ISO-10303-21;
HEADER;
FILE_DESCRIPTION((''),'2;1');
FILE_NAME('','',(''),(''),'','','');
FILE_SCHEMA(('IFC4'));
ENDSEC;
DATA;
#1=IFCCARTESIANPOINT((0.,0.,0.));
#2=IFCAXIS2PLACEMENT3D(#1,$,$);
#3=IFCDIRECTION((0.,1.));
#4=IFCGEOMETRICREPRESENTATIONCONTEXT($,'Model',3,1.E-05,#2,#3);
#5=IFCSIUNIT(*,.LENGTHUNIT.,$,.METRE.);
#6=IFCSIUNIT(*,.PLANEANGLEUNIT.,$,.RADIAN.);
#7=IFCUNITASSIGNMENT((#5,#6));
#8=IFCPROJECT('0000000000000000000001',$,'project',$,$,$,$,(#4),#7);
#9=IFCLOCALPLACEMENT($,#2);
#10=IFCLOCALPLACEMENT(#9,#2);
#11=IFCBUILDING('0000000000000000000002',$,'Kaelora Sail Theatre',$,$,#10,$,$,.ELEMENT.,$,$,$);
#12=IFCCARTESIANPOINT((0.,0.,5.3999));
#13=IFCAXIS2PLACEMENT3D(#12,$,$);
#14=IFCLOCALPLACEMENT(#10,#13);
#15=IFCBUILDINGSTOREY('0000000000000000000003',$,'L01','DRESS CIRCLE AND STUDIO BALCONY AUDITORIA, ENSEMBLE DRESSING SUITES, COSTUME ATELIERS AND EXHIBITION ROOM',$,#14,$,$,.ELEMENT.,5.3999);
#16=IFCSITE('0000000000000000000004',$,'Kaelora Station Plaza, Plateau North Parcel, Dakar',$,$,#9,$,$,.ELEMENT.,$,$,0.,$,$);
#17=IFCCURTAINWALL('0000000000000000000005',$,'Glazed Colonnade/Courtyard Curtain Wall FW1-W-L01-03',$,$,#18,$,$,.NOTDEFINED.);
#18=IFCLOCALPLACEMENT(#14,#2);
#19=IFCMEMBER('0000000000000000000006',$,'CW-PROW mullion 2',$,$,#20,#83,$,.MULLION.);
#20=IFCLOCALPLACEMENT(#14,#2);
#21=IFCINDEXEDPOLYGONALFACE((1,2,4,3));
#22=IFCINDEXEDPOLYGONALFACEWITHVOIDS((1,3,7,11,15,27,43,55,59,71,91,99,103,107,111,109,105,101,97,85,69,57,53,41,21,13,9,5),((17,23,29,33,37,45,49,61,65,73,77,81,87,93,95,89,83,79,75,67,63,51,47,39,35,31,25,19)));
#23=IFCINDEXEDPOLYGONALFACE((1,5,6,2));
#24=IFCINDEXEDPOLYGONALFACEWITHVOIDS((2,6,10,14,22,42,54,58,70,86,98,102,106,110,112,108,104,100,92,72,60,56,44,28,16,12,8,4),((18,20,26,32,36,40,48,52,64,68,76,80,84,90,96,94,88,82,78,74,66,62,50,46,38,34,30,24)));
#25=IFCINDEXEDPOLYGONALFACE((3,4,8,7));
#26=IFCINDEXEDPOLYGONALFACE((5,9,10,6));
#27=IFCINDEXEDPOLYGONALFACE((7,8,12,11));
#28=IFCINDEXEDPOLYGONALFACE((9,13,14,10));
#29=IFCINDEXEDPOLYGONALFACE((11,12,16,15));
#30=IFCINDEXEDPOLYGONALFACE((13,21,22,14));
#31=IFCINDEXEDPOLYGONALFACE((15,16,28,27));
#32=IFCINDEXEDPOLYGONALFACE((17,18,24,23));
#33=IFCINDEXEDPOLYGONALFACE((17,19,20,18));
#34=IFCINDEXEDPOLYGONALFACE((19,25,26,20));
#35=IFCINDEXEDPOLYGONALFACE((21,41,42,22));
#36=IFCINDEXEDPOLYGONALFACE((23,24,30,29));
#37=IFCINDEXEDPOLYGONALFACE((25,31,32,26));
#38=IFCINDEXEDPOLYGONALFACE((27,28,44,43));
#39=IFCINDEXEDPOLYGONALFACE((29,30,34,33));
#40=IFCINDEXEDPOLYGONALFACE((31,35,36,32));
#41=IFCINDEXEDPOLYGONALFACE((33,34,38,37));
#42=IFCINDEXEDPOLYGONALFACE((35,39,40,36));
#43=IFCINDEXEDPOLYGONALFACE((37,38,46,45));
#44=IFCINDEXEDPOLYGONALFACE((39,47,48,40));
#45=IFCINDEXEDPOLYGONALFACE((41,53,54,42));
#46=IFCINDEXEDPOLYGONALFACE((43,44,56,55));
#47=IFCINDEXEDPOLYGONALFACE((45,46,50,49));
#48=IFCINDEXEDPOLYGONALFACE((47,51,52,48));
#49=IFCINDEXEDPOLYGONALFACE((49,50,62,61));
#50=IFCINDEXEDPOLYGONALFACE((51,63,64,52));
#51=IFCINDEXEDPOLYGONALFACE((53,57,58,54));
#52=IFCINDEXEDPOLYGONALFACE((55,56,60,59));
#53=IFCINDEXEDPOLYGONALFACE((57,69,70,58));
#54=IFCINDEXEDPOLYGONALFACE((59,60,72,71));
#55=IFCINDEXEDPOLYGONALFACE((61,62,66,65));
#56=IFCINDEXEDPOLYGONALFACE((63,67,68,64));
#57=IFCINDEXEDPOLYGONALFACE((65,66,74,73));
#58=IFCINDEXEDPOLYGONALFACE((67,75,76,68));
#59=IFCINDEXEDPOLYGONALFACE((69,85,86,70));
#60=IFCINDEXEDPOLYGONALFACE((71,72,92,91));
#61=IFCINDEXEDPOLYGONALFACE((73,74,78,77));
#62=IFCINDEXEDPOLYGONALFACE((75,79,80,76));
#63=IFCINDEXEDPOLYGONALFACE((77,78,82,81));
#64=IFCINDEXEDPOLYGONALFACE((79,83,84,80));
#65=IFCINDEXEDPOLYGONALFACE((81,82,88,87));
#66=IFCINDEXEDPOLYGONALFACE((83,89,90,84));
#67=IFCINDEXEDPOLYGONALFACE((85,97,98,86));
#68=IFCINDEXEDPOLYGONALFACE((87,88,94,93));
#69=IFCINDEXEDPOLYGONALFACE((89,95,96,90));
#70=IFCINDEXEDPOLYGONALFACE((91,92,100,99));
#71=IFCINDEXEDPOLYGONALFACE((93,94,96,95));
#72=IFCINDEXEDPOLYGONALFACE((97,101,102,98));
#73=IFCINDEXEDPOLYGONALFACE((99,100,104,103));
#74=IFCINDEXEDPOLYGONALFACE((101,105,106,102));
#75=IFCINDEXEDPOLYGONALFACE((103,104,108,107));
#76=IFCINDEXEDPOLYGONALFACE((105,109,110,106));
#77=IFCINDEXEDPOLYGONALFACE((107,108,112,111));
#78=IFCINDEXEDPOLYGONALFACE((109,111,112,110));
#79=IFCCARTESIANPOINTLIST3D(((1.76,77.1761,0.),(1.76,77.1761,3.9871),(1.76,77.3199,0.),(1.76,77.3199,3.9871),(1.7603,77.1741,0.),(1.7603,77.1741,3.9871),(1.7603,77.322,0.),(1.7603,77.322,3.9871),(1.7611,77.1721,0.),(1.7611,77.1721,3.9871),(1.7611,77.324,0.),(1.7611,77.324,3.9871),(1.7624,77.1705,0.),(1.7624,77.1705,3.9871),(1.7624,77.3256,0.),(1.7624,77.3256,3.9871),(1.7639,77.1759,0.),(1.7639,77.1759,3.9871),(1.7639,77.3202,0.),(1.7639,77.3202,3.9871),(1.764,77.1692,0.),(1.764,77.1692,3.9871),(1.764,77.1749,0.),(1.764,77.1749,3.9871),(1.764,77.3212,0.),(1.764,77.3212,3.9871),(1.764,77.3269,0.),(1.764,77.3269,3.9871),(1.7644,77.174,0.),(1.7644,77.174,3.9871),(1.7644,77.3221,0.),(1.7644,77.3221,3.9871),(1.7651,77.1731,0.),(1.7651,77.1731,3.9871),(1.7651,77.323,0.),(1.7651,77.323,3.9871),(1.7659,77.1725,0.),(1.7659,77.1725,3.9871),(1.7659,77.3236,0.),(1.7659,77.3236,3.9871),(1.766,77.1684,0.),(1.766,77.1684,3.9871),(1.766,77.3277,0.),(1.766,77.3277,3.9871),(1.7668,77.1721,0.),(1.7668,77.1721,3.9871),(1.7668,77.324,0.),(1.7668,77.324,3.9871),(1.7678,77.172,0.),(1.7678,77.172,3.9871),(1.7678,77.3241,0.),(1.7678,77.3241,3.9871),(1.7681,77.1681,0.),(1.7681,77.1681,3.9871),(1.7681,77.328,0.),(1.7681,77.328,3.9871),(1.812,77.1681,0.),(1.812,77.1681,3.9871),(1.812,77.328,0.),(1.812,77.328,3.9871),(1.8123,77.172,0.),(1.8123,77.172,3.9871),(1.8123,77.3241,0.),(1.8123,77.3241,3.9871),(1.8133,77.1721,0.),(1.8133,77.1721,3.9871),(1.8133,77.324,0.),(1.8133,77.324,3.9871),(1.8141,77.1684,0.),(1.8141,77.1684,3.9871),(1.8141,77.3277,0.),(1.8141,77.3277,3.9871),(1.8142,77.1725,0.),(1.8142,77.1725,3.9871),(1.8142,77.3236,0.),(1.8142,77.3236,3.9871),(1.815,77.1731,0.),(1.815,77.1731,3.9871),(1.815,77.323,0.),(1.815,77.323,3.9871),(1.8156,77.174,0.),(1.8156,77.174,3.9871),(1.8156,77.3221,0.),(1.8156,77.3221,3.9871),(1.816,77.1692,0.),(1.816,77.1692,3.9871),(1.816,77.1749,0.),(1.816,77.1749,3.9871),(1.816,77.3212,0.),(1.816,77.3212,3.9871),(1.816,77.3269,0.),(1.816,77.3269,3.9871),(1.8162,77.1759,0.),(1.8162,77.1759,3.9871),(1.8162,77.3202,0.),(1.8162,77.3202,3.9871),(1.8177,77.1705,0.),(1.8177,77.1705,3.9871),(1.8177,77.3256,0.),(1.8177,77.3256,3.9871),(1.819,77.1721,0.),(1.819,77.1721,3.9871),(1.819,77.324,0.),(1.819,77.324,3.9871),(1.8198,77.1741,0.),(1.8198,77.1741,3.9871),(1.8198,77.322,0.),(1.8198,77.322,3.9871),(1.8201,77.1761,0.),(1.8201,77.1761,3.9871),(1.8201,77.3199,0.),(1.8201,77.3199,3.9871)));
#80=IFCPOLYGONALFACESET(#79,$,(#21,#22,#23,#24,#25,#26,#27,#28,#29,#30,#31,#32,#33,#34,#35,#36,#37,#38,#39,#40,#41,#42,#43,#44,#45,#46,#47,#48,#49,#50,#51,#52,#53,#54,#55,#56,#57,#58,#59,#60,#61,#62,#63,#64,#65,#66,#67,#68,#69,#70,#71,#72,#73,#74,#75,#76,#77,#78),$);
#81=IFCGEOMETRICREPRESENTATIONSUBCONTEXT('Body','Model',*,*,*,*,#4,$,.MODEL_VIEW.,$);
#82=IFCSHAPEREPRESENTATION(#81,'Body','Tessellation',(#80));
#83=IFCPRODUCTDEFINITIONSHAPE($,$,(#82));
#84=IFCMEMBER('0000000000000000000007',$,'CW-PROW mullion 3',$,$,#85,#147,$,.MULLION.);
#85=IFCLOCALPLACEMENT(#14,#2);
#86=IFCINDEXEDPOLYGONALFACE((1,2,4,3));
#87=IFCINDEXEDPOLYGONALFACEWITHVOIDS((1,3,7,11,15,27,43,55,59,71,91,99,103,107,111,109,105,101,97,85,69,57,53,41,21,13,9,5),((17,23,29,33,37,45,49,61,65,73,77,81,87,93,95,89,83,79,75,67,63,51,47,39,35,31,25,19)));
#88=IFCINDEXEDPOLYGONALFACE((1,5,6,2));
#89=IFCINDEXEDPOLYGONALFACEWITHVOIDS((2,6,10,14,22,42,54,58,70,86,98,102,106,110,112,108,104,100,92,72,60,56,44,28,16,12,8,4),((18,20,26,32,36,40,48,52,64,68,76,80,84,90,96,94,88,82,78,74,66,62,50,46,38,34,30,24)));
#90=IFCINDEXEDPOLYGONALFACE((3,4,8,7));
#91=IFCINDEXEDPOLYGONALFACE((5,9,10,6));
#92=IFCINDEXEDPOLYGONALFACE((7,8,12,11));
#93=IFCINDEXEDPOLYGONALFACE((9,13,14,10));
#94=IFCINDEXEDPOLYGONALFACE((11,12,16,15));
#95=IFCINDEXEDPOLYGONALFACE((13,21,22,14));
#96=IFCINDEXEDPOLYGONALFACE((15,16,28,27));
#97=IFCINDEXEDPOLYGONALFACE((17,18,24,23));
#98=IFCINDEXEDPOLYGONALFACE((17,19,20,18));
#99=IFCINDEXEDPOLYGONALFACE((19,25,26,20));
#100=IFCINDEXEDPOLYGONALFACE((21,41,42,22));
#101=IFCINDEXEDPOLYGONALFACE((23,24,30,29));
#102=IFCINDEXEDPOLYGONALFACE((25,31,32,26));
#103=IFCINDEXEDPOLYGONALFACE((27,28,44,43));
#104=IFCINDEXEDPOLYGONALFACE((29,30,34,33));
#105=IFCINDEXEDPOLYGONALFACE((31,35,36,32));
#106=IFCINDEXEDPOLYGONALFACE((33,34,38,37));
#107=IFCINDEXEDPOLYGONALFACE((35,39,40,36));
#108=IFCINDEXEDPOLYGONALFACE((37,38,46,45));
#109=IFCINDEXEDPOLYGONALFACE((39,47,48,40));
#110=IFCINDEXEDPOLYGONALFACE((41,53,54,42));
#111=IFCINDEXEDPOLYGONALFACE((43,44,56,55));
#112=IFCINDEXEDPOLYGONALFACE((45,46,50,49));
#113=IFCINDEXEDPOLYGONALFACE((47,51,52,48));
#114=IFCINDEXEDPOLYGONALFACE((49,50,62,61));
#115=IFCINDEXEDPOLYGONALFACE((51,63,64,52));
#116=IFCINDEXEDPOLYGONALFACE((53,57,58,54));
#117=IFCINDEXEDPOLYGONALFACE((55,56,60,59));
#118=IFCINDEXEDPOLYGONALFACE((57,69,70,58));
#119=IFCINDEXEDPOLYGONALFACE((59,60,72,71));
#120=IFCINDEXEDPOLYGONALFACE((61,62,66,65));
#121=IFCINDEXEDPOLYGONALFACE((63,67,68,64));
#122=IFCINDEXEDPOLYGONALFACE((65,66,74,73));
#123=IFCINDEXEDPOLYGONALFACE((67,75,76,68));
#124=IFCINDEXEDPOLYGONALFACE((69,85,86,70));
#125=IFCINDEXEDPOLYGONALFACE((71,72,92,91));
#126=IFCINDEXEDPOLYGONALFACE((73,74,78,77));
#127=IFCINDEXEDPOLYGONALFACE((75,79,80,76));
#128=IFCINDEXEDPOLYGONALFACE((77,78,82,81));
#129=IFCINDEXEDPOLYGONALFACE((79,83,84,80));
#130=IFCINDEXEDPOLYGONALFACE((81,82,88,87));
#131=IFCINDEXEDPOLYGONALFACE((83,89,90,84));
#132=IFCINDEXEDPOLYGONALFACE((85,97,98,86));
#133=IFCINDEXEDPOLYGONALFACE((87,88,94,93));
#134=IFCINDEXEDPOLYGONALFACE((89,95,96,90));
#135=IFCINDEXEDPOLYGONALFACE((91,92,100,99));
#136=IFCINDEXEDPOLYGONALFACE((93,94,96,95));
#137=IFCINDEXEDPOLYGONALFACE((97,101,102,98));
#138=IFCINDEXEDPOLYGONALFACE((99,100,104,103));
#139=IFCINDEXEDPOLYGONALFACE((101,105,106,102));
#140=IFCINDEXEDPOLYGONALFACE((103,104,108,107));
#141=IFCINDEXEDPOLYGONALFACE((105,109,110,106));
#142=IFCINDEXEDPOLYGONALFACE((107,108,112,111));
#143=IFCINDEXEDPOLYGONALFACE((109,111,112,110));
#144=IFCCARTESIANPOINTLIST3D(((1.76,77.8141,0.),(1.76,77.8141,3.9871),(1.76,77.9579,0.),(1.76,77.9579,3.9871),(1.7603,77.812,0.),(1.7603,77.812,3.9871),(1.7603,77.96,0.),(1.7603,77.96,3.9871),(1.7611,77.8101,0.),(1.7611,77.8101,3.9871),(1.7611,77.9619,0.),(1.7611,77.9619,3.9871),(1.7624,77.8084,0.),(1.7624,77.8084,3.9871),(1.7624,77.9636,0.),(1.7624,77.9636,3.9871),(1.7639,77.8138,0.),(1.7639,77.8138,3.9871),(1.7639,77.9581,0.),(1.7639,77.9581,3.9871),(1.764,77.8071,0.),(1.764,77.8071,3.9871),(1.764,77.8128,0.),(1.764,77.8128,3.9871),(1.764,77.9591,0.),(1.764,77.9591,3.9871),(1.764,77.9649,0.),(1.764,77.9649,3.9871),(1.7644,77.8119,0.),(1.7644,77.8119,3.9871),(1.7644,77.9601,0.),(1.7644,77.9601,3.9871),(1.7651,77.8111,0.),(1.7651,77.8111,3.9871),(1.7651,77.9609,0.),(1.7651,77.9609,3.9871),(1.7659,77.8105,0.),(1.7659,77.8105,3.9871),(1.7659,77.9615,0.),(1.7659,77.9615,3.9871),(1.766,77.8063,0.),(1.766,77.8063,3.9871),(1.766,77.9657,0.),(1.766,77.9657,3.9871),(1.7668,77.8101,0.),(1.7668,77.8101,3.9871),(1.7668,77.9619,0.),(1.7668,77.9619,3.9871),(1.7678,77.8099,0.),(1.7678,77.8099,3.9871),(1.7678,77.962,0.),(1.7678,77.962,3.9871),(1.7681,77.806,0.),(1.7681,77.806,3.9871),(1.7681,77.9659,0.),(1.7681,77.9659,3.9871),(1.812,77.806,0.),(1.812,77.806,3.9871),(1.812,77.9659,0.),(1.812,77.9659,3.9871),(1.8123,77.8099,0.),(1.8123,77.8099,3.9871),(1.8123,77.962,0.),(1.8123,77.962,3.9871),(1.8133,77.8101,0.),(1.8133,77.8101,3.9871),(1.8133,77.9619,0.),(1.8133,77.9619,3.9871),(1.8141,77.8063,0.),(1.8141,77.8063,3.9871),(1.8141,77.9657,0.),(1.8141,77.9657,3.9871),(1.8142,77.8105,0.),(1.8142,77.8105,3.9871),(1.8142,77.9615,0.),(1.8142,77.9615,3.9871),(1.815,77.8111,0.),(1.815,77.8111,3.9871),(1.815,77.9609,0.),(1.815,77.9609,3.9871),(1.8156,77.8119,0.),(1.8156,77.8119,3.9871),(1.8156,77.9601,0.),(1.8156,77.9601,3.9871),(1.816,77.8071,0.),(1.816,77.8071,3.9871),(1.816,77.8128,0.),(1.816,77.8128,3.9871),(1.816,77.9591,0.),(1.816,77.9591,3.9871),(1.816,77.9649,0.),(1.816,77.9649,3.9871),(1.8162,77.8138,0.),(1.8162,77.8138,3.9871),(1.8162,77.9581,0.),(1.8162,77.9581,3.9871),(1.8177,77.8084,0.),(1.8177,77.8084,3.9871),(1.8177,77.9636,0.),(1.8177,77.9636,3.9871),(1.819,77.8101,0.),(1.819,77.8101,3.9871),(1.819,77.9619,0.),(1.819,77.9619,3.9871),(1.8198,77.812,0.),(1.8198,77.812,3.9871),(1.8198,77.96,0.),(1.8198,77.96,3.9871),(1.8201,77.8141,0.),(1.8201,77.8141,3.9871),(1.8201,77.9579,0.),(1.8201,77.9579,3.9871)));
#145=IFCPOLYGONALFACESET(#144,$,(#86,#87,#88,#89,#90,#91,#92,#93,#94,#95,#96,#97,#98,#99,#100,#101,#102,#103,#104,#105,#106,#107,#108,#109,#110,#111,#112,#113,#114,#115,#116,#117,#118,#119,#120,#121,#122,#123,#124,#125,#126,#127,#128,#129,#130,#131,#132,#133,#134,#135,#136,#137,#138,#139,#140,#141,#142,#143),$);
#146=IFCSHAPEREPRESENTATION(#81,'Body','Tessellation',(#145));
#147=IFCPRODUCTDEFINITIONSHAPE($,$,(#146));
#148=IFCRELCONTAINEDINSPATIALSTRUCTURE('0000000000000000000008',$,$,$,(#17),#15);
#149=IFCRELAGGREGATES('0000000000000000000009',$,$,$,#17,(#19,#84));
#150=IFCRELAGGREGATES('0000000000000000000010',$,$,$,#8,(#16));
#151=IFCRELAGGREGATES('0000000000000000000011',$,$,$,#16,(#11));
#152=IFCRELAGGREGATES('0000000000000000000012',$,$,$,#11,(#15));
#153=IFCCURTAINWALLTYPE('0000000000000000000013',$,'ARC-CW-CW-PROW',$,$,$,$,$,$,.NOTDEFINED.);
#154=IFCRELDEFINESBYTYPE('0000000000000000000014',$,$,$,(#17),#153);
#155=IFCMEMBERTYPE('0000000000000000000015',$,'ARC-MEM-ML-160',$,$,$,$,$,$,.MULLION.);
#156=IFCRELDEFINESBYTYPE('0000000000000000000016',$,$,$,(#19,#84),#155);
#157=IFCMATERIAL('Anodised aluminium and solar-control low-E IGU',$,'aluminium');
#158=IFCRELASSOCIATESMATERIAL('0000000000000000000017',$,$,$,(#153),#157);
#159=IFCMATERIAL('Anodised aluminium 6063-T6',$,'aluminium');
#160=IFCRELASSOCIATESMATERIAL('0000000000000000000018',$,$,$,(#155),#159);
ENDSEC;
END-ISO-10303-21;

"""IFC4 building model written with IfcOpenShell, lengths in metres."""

from ifc_helpers import new_model, si_unit, direction, frame, origin, origin_2d, place, context, subcontext, project, spatial, hollow_rectangle, extrude, material, material_profile, profile_set, type_object, element, aggregate, save


model = new_model("IFC4")

# Units and contexts
model_context = context("Model", 3, precision=1e-05, world=origin(), true_north=direction((0.0, 1.0)))
body_context = subcontext(model_context, "Body", "Model", "MODEL_VIEW")
ifc_project = project(units=[si_unit("LENGTHUNIT", "METRE"), si_unit("PLANEANGLEUNIT", "RADIAN")], contexts=[model_context])

# Site, building, storey
site_placement = place(None, origin())
site = spatial("IfcSite", under=ifc_project, at=site_placement, Name="Kaelora Station Plaza, Plateau North Parcel, Dakar", CompositionType="ELEMENT", RefElevation=0.0)
building_placement = place(site_placement, origin())
building = spatial("IfcBuilding", under=site, at=building_placement, Name="Kaelora Sail Theatre", CompositionType="ELEMENT")
storey_placement = place(building_placement, frame((0.0, 0.0, 5.3999)))
storey = spatial("IfcBuildingStorey", under=building, at=storey_placement, Name="L01", Description="DRESS CIRCLE AND STUDIO BALCONY AUDITORIA, ENSEMBLE DRESSING SUITES, COSTUME ATELIERS AND EXHIBITION ROOM", CompositionType="ELEMENT", Elevation=5.3999)

# Shared definitions
ifc_material_1 = material(Name="Anodised aluminium and solar-control low-E IGU", Category="aluminium")
curtain_wall_type = type_object("IfcCurtainWallType", Name="ARC-CW-CW-PROW", PredefinedType="NOTDEFINED", material=ifc_material_1)
ifc_material_2 = material(Name="Anodised aluminium 6063-T6", Category="aluminium")
ifc_material_profile_1 = material_profile(ifc_material_2, hollow_rectangle(XDim=0.0601, YDim=0.1599, WallThickness=0.0039, InnerFilletRadius=0.0039, OuterFilletRadius=0.0081, at=origin_2d()), Name="ALU-MULL 60x160x4")
ifc_profile_set_1 = profile_set([ifc_material_profile_1], Name="Anodised aluminium 6063-T6")
member_type_1 = type_object("IfcMemberType", Name="ARC-MEM-ML-160", PredefinedType="MULLION", material=ifc_profile_set_1)

# Curtain wall, members
curtain_wall_1_placement = place(storey_placement, origin())
curtain_wall_1 = element("IfcCurtainWall", 1, at=curtain_wall_1_placement, inside=storey, type_object=curtain_wall_type, Name="Glazed Colonnade/Courtyard Curtain Wall FW1-W-L01-03", PredefinedType="NOTDEFINED")
member_1_placement = place(storey_placement, frame((1.79, 77.248, 0.0), z_axis=(0.0, 0.0, 1.0), x_axis=(-1.0, 0.0, 0.0)))
member_1 = element("IfcMember", 2, at=member_1_placement, type_object=member_type_1, Name="CW-PROW mullion 2", PredefinedType="MULLION", context=body_context, shape_type="SweptSolid", body=[
    extrude(hollow_rectangle(XDim=0.0601, YDim=0.1599, WallThickness=0.0039, InnerFilletRadius=0.0039, OuterFilletRadius=0.0081, at=origin_2d()), origin(), (0.0, 0.0, 1.0), 3.9871),
])
member_2_placement = place(storey_placement, frame((1.79, 77.886, 0.0), z_axis=(0.0, 0.0, 1.0), x_axis=(-1.0, 0.0, 0.0)))
member_2 = element("IfcMember", 3, at=member_2_placement, type_object=member_type_1, Name="CW-PROW mullion 3", PredefinedType="MULLION", context=body_context, shape_type="SweptSolid", body=[
    extrude(hollow_rectangle(XDim=0.0601, YDim=0.1599, WallThickness=0.0039, InnerFilletRadius=0.0039, OuterFilletRadius=0.0081, at=origin_2d()), origin(), (0.0, 0.0, 1.0), 3.9871),
])

aggregate(curtain_wall_1, [member_1, member_2])

save(model, "model.ifc")
